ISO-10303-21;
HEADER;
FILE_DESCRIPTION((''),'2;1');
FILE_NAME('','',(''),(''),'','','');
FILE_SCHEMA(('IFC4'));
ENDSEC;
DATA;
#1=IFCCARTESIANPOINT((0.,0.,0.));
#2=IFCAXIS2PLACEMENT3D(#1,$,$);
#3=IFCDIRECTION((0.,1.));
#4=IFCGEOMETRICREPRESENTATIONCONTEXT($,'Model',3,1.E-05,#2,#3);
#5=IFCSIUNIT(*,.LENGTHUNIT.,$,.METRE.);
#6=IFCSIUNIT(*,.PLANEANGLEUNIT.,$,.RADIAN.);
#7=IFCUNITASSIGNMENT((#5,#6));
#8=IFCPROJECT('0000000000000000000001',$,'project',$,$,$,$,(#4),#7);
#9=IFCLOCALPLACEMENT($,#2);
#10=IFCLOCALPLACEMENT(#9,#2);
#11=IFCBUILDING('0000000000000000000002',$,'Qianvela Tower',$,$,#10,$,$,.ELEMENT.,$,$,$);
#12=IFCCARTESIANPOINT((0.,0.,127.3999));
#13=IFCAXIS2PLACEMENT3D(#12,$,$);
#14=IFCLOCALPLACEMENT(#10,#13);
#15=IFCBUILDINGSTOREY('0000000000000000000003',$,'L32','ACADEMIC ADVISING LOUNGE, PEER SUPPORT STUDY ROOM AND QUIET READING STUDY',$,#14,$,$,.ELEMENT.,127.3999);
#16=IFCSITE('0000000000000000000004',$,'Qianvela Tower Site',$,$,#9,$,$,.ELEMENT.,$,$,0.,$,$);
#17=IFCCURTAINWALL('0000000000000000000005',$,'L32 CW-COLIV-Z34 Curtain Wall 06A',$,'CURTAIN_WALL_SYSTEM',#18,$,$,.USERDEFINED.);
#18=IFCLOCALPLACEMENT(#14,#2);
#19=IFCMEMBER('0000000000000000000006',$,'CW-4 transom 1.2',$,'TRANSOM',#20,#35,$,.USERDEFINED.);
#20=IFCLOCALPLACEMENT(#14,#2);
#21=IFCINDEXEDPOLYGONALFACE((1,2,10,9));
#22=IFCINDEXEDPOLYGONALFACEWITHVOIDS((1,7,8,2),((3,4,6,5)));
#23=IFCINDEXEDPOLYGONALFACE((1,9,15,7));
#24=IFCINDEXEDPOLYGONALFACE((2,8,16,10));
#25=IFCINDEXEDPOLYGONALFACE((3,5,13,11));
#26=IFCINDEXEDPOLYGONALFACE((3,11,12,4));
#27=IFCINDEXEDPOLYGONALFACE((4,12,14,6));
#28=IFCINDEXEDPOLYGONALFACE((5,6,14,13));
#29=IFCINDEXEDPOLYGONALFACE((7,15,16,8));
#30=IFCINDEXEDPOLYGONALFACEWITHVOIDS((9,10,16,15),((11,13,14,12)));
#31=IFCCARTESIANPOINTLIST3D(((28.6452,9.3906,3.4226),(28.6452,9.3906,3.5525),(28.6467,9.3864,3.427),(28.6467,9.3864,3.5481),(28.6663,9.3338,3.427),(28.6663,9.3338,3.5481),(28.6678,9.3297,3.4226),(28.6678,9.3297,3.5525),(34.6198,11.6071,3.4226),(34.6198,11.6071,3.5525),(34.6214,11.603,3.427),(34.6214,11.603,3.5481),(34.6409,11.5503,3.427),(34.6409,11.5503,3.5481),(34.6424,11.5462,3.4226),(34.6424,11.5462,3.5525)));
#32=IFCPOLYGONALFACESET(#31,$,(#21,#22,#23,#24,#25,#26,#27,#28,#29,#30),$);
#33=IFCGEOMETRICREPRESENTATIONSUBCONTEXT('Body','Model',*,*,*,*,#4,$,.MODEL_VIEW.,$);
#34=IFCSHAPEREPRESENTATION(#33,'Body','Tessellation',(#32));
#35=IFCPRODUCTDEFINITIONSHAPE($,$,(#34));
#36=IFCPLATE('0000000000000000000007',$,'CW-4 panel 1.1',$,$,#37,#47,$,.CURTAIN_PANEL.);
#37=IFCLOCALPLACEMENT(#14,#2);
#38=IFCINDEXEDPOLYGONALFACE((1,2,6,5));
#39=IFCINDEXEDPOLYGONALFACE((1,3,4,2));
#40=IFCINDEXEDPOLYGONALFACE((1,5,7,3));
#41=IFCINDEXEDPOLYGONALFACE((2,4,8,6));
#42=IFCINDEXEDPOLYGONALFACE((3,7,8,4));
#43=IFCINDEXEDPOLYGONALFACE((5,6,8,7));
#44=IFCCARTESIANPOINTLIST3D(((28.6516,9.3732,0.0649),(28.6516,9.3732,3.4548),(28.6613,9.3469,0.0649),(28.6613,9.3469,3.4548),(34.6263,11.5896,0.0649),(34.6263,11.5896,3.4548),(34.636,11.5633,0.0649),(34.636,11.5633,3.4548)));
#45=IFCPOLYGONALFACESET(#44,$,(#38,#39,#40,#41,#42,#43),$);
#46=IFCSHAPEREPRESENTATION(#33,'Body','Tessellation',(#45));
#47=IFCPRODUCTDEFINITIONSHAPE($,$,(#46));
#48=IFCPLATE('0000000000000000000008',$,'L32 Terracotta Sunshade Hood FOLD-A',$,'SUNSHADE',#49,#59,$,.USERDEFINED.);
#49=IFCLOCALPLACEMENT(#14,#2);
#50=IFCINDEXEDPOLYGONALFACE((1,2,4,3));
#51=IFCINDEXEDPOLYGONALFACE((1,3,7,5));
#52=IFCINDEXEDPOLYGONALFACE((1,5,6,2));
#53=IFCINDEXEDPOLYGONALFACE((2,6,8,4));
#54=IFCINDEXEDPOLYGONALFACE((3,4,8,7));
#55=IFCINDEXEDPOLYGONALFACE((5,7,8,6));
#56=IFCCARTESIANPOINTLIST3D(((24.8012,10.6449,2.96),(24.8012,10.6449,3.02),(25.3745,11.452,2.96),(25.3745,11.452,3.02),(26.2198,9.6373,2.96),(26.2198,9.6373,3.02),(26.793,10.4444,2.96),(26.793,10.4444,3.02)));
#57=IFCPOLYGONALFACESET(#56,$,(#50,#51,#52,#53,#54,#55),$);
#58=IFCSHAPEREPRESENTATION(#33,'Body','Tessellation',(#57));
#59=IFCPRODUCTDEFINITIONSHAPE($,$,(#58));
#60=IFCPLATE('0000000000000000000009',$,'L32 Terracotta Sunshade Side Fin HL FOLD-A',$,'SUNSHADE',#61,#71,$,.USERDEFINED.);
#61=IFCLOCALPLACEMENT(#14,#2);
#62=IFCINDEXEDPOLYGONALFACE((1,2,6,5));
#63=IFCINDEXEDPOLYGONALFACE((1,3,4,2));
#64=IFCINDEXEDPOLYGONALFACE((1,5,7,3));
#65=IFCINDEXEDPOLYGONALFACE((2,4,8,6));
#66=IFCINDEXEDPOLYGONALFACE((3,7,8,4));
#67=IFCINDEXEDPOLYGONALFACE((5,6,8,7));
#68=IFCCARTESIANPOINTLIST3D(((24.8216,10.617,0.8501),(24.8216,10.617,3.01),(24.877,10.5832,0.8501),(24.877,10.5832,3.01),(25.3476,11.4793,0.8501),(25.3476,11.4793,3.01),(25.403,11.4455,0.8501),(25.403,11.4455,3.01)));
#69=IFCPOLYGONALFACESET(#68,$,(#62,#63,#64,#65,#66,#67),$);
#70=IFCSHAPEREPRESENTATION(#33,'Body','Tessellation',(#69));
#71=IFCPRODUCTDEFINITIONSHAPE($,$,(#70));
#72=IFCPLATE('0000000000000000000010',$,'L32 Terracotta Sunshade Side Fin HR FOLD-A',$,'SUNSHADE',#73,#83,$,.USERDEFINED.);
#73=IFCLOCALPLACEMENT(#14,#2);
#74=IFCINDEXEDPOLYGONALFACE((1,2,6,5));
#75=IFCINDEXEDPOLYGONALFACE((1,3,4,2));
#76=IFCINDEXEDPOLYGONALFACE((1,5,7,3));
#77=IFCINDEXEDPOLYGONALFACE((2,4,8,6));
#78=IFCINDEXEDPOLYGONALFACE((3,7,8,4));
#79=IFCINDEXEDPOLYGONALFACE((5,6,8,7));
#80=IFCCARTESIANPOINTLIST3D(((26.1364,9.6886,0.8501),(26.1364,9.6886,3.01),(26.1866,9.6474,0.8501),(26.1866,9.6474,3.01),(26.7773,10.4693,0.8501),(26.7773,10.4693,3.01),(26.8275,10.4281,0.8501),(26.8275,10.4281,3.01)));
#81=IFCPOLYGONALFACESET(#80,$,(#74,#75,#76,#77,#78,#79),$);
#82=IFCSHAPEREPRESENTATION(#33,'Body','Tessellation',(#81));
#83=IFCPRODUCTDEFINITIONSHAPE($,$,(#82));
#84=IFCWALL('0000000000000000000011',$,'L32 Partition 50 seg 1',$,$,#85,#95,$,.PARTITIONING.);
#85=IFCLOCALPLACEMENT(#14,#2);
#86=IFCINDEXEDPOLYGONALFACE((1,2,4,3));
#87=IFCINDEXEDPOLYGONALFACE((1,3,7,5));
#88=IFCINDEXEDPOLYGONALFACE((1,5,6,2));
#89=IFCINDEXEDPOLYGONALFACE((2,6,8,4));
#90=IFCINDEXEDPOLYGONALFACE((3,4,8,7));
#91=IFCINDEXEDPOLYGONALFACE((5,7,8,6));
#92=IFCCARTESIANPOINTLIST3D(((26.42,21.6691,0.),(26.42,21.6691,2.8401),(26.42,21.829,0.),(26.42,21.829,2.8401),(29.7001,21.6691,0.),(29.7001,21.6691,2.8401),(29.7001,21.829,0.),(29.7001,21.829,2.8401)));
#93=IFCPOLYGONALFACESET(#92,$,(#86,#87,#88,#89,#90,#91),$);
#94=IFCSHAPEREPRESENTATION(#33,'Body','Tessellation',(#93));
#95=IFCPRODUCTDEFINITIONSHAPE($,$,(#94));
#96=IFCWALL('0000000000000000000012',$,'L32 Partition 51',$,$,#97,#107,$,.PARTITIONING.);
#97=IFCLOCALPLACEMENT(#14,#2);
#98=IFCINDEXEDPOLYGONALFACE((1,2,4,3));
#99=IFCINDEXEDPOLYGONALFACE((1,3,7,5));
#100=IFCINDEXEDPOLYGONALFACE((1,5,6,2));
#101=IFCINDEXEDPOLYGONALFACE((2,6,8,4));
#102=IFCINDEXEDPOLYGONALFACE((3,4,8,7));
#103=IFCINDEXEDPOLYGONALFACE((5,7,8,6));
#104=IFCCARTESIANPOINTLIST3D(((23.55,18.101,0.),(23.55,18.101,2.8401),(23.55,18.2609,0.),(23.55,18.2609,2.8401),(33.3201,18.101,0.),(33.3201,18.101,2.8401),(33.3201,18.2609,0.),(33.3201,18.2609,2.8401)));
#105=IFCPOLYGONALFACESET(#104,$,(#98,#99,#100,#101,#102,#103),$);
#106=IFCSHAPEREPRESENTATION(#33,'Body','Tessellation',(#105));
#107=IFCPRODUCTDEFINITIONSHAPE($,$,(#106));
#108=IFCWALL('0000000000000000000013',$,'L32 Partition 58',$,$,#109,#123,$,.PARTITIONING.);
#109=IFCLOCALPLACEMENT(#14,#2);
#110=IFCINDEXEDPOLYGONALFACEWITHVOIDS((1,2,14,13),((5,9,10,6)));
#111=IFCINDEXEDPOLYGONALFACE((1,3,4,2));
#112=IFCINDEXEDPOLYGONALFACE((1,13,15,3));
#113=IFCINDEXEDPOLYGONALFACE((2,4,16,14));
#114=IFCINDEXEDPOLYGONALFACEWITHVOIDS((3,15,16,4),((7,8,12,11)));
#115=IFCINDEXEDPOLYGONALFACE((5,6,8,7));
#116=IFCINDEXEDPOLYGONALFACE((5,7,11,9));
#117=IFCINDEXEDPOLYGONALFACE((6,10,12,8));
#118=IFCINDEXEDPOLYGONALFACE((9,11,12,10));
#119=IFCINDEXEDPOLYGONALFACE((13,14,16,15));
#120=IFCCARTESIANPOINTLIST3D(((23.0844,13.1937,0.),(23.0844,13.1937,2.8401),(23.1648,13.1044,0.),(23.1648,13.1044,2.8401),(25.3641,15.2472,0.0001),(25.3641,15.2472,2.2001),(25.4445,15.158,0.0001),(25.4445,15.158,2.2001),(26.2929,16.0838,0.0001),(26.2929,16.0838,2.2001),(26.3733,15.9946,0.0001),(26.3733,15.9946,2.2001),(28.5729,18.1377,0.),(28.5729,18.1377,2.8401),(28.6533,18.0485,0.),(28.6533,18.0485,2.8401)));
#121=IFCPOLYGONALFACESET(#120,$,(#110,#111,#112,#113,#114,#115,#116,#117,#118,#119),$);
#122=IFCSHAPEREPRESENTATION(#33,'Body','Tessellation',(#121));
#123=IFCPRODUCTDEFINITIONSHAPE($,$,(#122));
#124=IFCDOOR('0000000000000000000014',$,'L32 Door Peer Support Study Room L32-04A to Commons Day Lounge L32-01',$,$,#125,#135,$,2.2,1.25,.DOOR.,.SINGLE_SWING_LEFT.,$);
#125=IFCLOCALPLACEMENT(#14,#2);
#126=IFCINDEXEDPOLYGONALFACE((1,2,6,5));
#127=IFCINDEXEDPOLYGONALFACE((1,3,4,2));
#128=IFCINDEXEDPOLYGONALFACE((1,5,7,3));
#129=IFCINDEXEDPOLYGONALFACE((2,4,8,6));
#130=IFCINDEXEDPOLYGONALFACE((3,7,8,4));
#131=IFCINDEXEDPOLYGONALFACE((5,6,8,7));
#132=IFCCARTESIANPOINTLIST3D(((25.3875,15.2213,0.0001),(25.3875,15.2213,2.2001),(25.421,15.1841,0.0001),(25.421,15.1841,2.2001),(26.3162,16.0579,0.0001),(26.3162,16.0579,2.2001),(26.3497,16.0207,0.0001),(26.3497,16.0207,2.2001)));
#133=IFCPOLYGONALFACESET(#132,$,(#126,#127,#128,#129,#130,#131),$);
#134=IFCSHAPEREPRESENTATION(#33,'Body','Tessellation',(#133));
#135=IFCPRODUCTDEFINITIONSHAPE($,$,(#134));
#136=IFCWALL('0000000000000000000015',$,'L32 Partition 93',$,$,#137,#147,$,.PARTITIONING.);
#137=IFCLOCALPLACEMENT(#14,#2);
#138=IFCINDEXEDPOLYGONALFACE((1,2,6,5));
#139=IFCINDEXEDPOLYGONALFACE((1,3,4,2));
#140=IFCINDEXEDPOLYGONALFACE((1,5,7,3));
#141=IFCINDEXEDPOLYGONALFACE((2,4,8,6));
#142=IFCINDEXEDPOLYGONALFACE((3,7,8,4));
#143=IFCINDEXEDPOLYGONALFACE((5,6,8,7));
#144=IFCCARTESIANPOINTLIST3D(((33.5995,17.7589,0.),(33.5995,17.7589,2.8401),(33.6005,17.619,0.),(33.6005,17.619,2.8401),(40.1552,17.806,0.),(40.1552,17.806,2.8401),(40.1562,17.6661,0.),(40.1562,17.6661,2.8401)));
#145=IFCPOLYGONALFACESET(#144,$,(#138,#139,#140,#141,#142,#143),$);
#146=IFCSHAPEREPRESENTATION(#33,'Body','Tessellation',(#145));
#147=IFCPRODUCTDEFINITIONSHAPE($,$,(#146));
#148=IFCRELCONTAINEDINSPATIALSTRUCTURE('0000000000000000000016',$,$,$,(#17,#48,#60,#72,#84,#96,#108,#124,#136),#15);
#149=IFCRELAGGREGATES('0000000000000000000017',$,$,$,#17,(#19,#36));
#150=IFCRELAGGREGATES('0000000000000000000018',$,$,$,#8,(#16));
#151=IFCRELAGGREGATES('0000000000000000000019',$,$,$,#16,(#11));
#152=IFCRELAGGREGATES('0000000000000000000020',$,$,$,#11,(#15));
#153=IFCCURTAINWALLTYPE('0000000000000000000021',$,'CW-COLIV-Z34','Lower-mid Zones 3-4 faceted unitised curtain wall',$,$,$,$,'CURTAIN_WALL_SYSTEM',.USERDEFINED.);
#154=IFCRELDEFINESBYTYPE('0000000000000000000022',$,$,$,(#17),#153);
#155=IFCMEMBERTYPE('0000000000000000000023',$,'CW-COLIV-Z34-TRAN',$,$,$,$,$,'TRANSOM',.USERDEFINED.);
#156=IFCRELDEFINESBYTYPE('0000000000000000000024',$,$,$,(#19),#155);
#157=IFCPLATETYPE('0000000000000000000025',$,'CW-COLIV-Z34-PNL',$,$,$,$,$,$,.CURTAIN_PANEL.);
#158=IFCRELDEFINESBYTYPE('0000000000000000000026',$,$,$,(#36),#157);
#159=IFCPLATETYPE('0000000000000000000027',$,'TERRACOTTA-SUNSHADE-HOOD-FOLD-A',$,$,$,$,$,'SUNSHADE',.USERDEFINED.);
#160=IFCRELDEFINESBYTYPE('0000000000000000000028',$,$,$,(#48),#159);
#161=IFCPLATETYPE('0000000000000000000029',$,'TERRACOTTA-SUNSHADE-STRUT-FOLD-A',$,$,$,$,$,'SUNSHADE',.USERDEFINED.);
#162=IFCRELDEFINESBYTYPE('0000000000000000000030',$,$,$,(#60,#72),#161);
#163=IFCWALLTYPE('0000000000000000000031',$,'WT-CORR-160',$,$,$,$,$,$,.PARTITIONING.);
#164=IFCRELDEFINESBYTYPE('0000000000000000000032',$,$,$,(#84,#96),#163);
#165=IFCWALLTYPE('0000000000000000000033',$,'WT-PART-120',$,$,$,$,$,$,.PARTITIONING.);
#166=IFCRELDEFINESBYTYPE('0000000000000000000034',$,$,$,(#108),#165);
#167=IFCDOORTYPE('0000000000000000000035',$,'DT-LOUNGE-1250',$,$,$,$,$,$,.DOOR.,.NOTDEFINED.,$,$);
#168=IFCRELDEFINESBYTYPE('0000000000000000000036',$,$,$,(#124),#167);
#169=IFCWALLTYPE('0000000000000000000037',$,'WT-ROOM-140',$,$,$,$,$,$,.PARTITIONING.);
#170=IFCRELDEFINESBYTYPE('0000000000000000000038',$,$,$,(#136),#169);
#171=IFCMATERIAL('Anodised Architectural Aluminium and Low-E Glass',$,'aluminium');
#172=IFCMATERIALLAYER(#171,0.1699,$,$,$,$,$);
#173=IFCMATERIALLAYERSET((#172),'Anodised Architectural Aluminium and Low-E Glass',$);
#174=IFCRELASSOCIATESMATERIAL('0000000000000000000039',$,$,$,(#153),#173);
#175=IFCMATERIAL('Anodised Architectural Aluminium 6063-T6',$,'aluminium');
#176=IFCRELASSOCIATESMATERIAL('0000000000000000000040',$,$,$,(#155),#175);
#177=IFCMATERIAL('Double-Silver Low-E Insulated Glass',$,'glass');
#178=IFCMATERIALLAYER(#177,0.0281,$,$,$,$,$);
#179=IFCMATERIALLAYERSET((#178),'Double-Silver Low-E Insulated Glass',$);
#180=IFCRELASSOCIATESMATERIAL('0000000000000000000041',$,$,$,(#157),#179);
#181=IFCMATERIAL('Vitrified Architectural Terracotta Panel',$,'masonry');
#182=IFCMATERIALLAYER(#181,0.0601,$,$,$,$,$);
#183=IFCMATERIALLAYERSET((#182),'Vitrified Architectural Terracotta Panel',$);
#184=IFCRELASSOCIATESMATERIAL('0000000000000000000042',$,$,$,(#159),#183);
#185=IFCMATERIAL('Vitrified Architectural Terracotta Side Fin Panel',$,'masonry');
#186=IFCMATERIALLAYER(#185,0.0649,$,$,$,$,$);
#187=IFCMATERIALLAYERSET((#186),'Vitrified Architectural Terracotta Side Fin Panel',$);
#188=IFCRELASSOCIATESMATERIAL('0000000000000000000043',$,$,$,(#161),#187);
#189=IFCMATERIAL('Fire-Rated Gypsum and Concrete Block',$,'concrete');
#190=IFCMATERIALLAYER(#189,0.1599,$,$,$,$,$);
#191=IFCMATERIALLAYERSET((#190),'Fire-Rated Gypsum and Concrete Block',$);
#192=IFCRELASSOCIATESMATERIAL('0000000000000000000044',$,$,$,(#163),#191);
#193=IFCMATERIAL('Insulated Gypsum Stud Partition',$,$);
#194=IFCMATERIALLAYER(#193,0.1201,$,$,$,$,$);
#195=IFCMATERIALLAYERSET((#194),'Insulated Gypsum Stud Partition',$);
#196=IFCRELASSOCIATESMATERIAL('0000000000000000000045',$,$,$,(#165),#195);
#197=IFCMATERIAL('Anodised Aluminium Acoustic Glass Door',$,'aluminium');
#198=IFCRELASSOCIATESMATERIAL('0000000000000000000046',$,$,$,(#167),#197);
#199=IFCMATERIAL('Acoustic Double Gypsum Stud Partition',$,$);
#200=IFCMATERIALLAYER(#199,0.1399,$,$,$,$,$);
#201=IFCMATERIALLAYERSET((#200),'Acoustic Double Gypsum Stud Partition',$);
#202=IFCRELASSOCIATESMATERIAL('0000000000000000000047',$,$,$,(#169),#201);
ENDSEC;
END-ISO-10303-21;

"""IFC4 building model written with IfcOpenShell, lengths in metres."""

from ifc_helpers import new_model, si_unit, direction, frame, frame_2d, origin, origin_2d, place, context, subcontext, project, spatial, rectangle, hollow_rectangle, extrude, material, layer, layer_set, material_profile, profile_set, type_object, element, fill, aggregate, save


model = new_model("IFC4")

# Units and contexts
model_context = context("Model", 3, precision=1e-05, world=origin(), true_north=direction((0.0, 1.0)))
body_context = subcontext(model_context, "Body", "Model", "MODEL_VIEW")
ifc_project = project(units=[si_unit("LENGTHUNIT", "METRE"), si_unit("PLANEANGLEUNIT", "RADIAN")], contexts=[model_context])

# Site, building, storey
site_placement = place(None, origin())
site = spatial("IfcSite", under=ifc_project, at=site_placement, Name="Qianvela Tower Site", CompositionType="ELEMENT", RefElevation=0.0)
building_placement = place(site_placement, origin())
building = spatial("IfcBuilding", under=site, at=building_placement, Name="Qianvela Tower", CompositionType="ELEMENT")
storey_placement = place(building_placement, frame((0.0, 0.0, 127.3999)))
storey = spatial("IfcBuildingStorey", under=building, at=storey_placement, Name="L32", Description="ACADEMIC ADVISING LOUNGE, PEER SUPPORT STUDY ROOM AND QUIET READING STUDY", CompositionType="ELEMENT", Elevation=127.3999)

# Curtain wall, member, plate
ifc_material_1 = material(Name="Anodised Architectural Aluminium and Low-E Glass", Category="aluminium")
ifc_layer_1 = layer(ifc_material_1, 0.1699)
ifc_layer_set_1 = layer_set([ifc_layer_1], Name="Anodised Architectural Aluminium and Low-E Glass")
curtain_wall_type = type_object("IfcCurtainWallType", Name="CW-COLIV-Z34", Description="Lower-mid Zones 3-4 faceted unitised curtain wall", ElementType="CURTAIN_WALL_SYSTEM", PredefinedType="USERDEFINED", material=ifc_layer_set_1)
curtain_wall_placement = place(storey_placement, origin())
curtain_wall = element("IfcCurtainWall", 1, at=curtain_wall_placement, inside=storey, type_object=curtain_wall_type, Name="L32 CW-COLIV-Z34 Curtain Wall 06A", ObjectType="CURTAIN_WALL_SYSTEM", PredefinedType="USERDEFINED")
ifc_material_2 = material(Name="Anodised Architectural Aluminium 6063-T6", Category="aluminium")
ifc_material_profile_1 = material_profile(ifc_material_2, hollow_rectangle(XDim=0.0649, YDim=0.1299, WallThickness=0.0044, at=origin_2d()), Name="ALU-TRAN-65x130")
ifc_profile_set_1 = profile_set([ifc_material_profile_1], Name="Anodised Architectural Aluminium 6063-T6")
member_type_1 = type_object("IfcMemberType", Name="CW-COLIV-Z34-TRAN", ElementType="TRANSOM", PredefinedType="USERDEFINED", material=ifc_profile_set_1)
member_1_placement = place(storey_placement, frame((28.6565, 9.3601, 3.4875), z_axis=(0.937558, 0.34783, 0.0), x_axis=(-0.34783, 0.937558, 0.0)))
member_1 = element("IfcMember", 2, at=member_1_placement, type_object=member_type_1, Name="CW-4 transom 1.2", ObjectType="TRANSOM", PredefinedType="USERDEFINED", context=body_context, shape_type="SweptSolid", body=[
    extrude(hollow_rectangle(XDim=0.0649, YDim=0.1299, WallThickness=0.0044, at=origin_2d()), origin(), (0.0, 0.0, 1.0), 6.3726),
])
ifc_material_3 = material(Name="Double-Silver Low-E Insulated Glass", Category="glass")
ifc_layer_2 = layer(ifc_material_3, 0.0281)
ifc_layer_set_2 = layer_set([ifc_layer_2], Name="Double-Silver Low-E Insulated Glass")
plate_type_1 = type_object("IfcPlateType", Name="CW-COLIV-Z34-PNL", PredefinedType="CURTAIN_PANEL", material=ifc_layer_set_2)
plate_1_placement = place(storey_placement, frame((31.6438, 10.4683, 0.0649), z_axis=(0.0, 0.0, 1.0), x_axis=(0.937569, 0.347799, 0.0)))
plate_1 = element("IfcPlate", 3, at=plate_1_placement, type_object=plate_type_1, Name="CW-4 panel 1.1", PredefinedType="CURTAIN_PANEL", context=body_context, shape_type="SweptSolid", body=[
    extrude(rectangle(XDim=6.3726, YDim=0.0281, at=origin_2d()), origin(), (0.0, 0.0, 1.0), 3.3899),
])
aggregate(curtain_wall, [member_1, plate_1])

# Plates
ifc_material_4 = material(Name="Vitrified Architectural Terracotta Panel", Category="masonry")
ifc_layer_3 = layer(ifc_material_4, 0.0601)
ifc_layer_set_3 = layer_set([ifc_layer_3], Name="Vitrified Architectural Terracotta Panel")
plate_type_2 = type_object("IfcPlateType", Name="TERRACOTTA-SUNSHADE-HOOD-FOLD-A", ElementType="SUNSHADE", PredefinedType="USERDEFINED", material=ifc_layer_set_3)
plate_2_placement = place(storey_placement, frame((25.7971, 10.5447, 2.96), z_axis=(0.0, 0.0, 1.0), x_axis=(0.815269, -0.579082, 0.0)))
element("IfcPlate", 4, at=plate_2_placement, inside=storey, type_object=plate_type_2, Name="L32 Terracotta Sunshade Hood FOLD-A", ObjectType="SUNSHADE", PredefinedType="USERDEFINED", context=body_context, shape_type="SweptSolid", body=[
    extrude(rectangle(XDim=1.74, YDim=0.99, at=origin_2d()), origin(), (0.0, 0.0, 1.0), 0.0601),
])
ifc_material_5 = material(Name="Vitrified Architectural Terracotta Side Fin Panel", Category="masonry")
ifc_layer_4 = layer(ifc_material_5, 0.0649)
ifc_layer_set_4 = layer_set([ifc_layer_4], Name="Vitrified Architectural Terracotta Side Fin Panel")
plate_type_3 = type_object("IfcPlateType", Name="TERRACOTTA-SUNSHADE-STRUT-FOLD-A", ElementType="SUNSHADE", PredefinedType="USERDEFINED", material=ifc_layer_set_4)
for number, where, z_axis, x_axis, name in (
    (5, (25.1123, 11.0312, 0.8501), (0.0, 0.0, 1.0), (0.853678, -0.520801, 0.0), "L32 Terracotta Sunshade Side Fin HL FOLD-A"),
    (6, (26.4819, 10.0583, 0.8501), (0.0, 0.0, 1.0), (0.772889, -0.634542, 0.0), "L32 Terracotta Sunshade Side Fin HR FOLD-A"),
):
    element("IfcPlate", number, at=place(storey_placement, frame(where, z_axis=z_axis, x_axis=x_axis)), inside=storey, type_object=plate_type_3, Name=name, ObjectType="SUNSHADE", PredefinedType="USERDEFINED", context=body_context, shape_type="SweptSolid", body=[
        extrude(rectangle(XDim=0.0649, YDim=1.01, at=origin_2d()), origin(), (0.0, 0.0, 1.0), 2.1599),
    ])

# Walls
ifc_material_6 = material(Name="Fire-Rated Gypsum and Concrete Block", Category="concrete")
ifc_layer_5 = layer(ifc_material_6, 0.1599)
ifc_layer_set_5 = layer_set([ifc_layer_5], Name="Fire-Rated Gypsum and Concrete Block")
wall_type_1 = type_object("IfcWallType", Name="WT-CORR-160", PredefinedType="PARTITIONING", material=ifc_layer_set_5)
wall_1_placement = place(storey_placement, frame((26.4199, 21.749, 0.0), z_axis=(0.0, 0.0, 1.0), x_axis=(1.0, 0.0, 0.0)))
element("IfcWall", 7, at=wall_1_placement, inside=storey, type_object=wall_type_1, Name="L32 Partition 50 seg 1", PredefinedType="PARTITIONING", context=body_context, shape_type="SweptSolid", body=[
    extrude(rectangle(XDim=3.28, YDim=0.1599, at=frame_2d((1.6401, 0.0))), origin(), (0.0, 0.0, 1.0), 2.8401),
])
wall_2_placement = place(storey_placement, frame((33.3201, 18.1809, 0.0), z_axis=(0.0, 0.0, 1.0), x_axis=(-1.0, 0.0, 0.0)))
element("IfcWall", 8, at=wall_2_placement, inside=storey, type_object=wall_type_1, Name="L32 Partition 51", PredefinedType="PARTITIONING", context=body_context, shape_type="SweptSolid", body=[
    extrude(rectangle(XDim=9.77, YDim=0.1599, at=frame_2d((4.885, 0.0))), origin(), (0.0, 0.0, 1.0), 2.8401),
])

# Wall, opening, door
ifc_material_7 = material(Name="Insulated Gypsum Stud Partition")
ifc_layer_6 = layer(ifc_material_7, 0.1201)
ifc_layer_set_6 = layer_set([ifc_layer_6], Name="Insulated Gypsum Stud Partition")
wall_type_2 = type_object("IfcWallType", Name="WT-PART-120", PredefinedType="PARTITIONING", material=ifc_layer_set_6)
wall_3_placement = place(storey_placement, frame((28.613, 18.093, 0.0), z_axis=(0.0, 0.0, 1.0), x_axis=(-0.742997, -0.669295, 0.0)))
wall_3 = element("IfcWall", 9, at=wall_3_placement, inside=storey, type_object=wall_type_2, Name="L32 Partition 58", PredefinedType="PARTITIONING", context=body_context, shape_type="SweptSolid", body=[
    extrude(rectangle(XDim=7.387, YDim=0.1201, at=frame_2d((3.6934, 0.0))), origin(), (0.0, 0.0, 1.0), 2.8401),
])
opening_placement = place(wall_3_placement, frame((3.0686, 0.0, 0.0)))
opening = element("IfcOpeningElement", 10, at=opening_placement, cuts=wall_3, PredefinedType="OPENING", context=body_context, shape_type="SweptSolid", body=[
    extrude(rectangle(XDim=1.25, YDim=2.2, at=frame_2d((0.625, 1.1001))), frame((0.0, 0.0701, 0.0), z_axis=(0.0, -1.0, 0.0), x_axis=(1.0, 0.0, 0.0)), (0.0, 0.0, 1.0), 0.1401),
])
ifc_material_8 = material(Name="Anodised Aluminium Acoustic Glass Door", Category="aluminium")
door_type = type_object("IfcDoorType", Name="DT-LOUNGE-1250", OperationType="NOTDEFINED", PredefinedType="DOOR", material=ifc_material_8)
door_placement = place(opening_placement, origin())
door = element("IfcDoor", 11, at=door_placement, inside=storey, type_object=door_type, Name="L32 Door Peer Support Study Room L32-04A to Commons Day Lounge L32-01", OperationType="SINGLE_SWING_LEFT", OverallHeight=2.2, OverallWidth=1.25, PredefinedType="DOOR", context=body_context, shape_type="SweptSolid", body=[
    extrude(rectangle(XDim=1.25, YDim=2.2, at=frame_2d((0.625, 1.1001))), frame((0.0, 0.0249, 0.0), z_axis=(0.0, -1.0, 0.0), x_axis=(1.0, 0.0, 0.0)), (0.0, 0.0, 1.0), 0.05),
])
fill(opening, door)

# Wall
ifc_material_9 = material(Name="Acoustic Double Gypsum Stud Partition")
ifc_layer_7 = layer(ifc_material_9, 0.1399)
ifc_layer_set_7 = layer_set([ifc_layer_7], Name="Acoustic Double Gypsum Stud Partition")
wall_type_3 = type_object("IfcWallType", Name="WT-ROOM-140", PredefinedType="PARTITIONING", material=ifc_layer_set_7)
wall_4_placement = place(storey_placement, frame((33.6001, 17.689, 0.0), z_axis=(0.0, 0.0, 1.0), x_axis=(0.999974, 0.007187, 0.0)))
element("IfcWall", 12, at=wall_4_placement, inside=storey, type_object=wall_type_3, Name="L32 Partition 93", PredefinedType="PARTITIONING", context=body_context, shape_type="SweptSolid", body=[
    extrude(rectangle(XDim=6.5559, YDim=0.1399, at=frame_2d((3.2778, 0.0))), origin(), (0.0, 0.0, 1.0), 2.8401),
])

save(model, "model.ifc")
